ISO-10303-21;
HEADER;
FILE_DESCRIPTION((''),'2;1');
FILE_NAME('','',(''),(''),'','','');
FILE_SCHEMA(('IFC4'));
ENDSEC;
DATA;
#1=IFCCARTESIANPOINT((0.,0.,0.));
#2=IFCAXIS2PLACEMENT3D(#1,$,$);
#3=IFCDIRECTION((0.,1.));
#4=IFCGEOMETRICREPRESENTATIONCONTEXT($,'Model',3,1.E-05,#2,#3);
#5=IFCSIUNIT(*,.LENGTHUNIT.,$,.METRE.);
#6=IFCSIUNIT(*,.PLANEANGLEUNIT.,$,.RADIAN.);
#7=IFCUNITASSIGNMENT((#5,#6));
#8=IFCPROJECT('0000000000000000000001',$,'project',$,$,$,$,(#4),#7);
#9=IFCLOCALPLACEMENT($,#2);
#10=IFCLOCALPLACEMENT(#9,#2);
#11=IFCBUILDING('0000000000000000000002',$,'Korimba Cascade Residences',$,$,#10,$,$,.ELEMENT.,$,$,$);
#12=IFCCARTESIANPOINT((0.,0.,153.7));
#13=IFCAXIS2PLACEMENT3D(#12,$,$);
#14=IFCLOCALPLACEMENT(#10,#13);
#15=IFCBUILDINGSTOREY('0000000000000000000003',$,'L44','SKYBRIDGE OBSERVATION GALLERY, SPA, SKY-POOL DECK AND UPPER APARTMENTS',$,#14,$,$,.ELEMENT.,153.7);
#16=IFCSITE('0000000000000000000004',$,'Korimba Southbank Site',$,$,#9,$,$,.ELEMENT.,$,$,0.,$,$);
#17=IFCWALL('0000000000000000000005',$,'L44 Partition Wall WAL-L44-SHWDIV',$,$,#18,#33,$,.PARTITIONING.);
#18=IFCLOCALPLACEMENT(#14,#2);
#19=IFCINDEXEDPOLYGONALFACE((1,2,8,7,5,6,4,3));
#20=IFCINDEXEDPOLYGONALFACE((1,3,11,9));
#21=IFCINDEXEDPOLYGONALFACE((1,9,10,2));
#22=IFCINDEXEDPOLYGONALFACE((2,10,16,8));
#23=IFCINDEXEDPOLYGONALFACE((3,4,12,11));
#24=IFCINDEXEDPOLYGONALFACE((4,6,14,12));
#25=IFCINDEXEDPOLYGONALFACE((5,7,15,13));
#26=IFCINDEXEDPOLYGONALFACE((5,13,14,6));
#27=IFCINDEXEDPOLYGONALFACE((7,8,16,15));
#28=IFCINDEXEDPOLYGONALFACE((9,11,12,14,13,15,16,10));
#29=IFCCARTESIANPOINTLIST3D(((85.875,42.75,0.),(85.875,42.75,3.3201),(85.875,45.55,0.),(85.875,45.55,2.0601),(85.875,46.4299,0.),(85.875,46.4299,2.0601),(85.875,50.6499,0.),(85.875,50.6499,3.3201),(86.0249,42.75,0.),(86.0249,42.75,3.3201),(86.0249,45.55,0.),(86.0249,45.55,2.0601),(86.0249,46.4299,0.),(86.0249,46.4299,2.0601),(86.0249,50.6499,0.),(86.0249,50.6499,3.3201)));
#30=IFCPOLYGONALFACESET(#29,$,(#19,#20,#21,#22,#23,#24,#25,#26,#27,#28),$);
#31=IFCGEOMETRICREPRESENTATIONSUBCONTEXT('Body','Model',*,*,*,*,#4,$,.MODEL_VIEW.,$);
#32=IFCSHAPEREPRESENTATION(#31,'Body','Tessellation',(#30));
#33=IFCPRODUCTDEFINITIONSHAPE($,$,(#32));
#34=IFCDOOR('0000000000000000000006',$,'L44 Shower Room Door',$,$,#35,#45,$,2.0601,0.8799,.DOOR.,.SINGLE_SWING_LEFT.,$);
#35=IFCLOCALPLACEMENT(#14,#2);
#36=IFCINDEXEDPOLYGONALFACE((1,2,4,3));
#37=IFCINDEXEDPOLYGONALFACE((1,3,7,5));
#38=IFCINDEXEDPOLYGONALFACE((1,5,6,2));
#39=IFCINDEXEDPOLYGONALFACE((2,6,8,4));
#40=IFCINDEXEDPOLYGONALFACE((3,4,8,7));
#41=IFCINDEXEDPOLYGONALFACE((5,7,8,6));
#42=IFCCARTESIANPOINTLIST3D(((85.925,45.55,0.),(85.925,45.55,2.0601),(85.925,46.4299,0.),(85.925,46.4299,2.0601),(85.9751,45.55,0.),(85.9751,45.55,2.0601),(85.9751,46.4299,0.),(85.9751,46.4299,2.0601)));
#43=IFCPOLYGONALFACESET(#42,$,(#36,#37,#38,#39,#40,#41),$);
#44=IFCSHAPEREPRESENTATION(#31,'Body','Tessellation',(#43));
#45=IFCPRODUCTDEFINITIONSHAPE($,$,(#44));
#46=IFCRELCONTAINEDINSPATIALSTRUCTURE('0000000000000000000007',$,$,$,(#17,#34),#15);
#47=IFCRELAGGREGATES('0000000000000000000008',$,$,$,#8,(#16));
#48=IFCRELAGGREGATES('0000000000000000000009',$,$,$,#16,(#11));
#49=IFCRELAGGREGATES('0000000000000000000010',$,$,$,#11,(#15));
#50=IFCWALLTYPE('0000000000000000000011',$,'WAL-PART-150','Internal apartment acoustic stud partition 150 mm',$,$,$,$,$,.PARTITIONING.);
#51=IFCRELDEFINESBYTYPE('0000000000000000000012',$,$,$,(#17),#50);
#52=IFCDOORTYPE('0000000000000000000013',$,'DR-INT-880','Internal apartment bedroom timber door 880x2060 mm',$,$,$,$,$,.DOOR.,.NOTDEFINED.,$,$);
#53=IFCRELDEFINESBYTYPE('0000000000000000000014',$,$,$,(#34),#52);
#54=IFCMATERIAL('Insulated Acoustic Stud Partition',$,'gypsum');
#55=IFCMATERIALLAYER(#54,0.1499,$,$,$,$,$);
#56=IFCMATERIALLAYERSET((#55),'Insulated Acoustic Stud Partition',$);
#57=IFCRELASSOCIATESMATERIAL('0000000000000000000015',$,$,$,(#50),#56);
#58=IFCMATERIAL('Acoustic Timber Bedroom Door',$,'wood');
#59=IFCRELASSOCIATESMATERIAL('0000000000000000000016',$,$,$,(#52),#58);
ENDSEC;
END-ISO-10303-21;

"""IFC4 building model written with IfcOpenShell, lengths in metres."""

from ifc_helpers import new_model, si_unit, direction, frame, frame_2d, origin, place, context, subcontext, project, spatial, rectangle, extrude, material, layer, layer_set, type_object, element, fill, save


model = new_model("IFC4")

# Units and contexts
model_context = context("Model", 3, precision=1e-05, world=origin(), true_north=direction((0.0, 1.0)))
body_context = subcontext(model_context, "Body", "Model", "MODEL_VIEW")
ifc_project = project(units=[si_unit("LENGTHUNIT", "METRE"), si_unit("PLANEANGLEUNIT", "RADIAN")], contexts=[model_context])

# Site, building, storey
site_placement = place(None, origin())
site = spatial("IfcSite", under=ifc_project, at=site_placement, Name="Korimba Southbank Site", CompositionType="ELEMENT", RefElevation=0.0)
building_placement = place(site_placement, origin())
building = spatial("IfcBuilding", under=site, at=building_placement, Name="Korimba Cascade Residences", CompositionType="ELEMENT")
storey_placement = place(building_placement, frame((0.0, 0.0, 153.7)))
storey = spatial("IfcBuildingStorey", under=building, at=storey_placement, Name="L44", Description="SKYBRIDGE OBSERVATION GALLERY, SPA, SKY-POOL DECK AND UPPER APARTMENTS", CompositionType="ELEMENT", Elevation=153.7)

# Wall, opening, door
ifc_material_1 = material(Name="Insulated Acoustic Stud Partition", Category="gypsum")
ifc_layer_1 = layer(ifc_material_1, 0.1499)
ifc_layer_set_1 = layer_set([ifc_layer_1], Name="Insulated Acoustic Stud Partition")
wall_type_1 = type_object("IfcWallType", Name="WAL-PART-150", Description="Internal apartment acoustic stud partition 150 mm", PredefinedType="PARTITIONING", material=ifc_layer_set_1)
wall_1_placement = place(storey_placement, frame((85.95, 42.75, 0.0), z_axis=(0.0, 0.0, 1.0), x_axis=(0.0, 1.0, 0.0)))
wall_1 = element("IfcWall", 1, at=wall_1_placement, inside=storey, type_object=wall_type_1, Name="L44 Partition Wall WAL-L44-SHWDIV", PredefinedType="PARTITIONING", context=body_context, shape_type="SweptSolid", body=[
    extrude(rectangle(XDim=7.8999, YDim=0.1499, at=frame_2d((3.95, 0.0))), origin(), (0.0, 0.0, 1.0), 3.3201),
])
opening_1_placement = place(wall_1_placement, frame((2.8, 0.0, 0.0)))
opening_1 = element("IfcOpeningElement", 2, at=opening_1_placement, cuts=wall_1, PredefinedType="OPENING", context=body_context, shape_type="SweptSolid", body=[
    extrude(rectangle(XDim=0.8799, YDim=2.0601, at=frame_2d((0.4399, 1.03))), frame((0.0, 0.085, 0.0), z_axis=(0.0, -1.0, 0.0), x_axis=(1.0, 0.0, 0.0)), (0.0, 0.0, 1.0), 0.1699),
])
ifc_material_2 = material(Name="Acoustic Timber Bedroom Door", Category="wood")
door_type_1 = type_object("IfcDoorType", Name="DR-INT-880", Description="Internal apartment bedroom timber door 880x2060 mm", OperationType="NOTDEFINED", PredefinedType="DOOR", material=ifc_material_2)
door_1_placement = place(opening_1_placement, origin())
door_1 = element("IfcDoor", 3, at=door_1_placement, inside=storey, type_object=door_type_1, Name="L44 Shower Room Door", OperationType="SINGLE_SWING_LEFT", OverallHeight=2.0601, OverallWidth=0.8799, PredefinedType="DOOR", context=body_context, shape_type="SweptSolid", body=[
    extrude(rectangle(XDim=0.8799, YDim=2.0601, at=frame_2d((0.4399, 1.03))), frame((0.0, 0.0249, 0.0), z_axis=(0.0, -1.0, 0.0), x_axis=(1.0, 0.0, 0.0)), (0.0, 0.0, 1.0), 0.05),
])
fill(opening_1, door_1)

save(model, "model.ifc")
